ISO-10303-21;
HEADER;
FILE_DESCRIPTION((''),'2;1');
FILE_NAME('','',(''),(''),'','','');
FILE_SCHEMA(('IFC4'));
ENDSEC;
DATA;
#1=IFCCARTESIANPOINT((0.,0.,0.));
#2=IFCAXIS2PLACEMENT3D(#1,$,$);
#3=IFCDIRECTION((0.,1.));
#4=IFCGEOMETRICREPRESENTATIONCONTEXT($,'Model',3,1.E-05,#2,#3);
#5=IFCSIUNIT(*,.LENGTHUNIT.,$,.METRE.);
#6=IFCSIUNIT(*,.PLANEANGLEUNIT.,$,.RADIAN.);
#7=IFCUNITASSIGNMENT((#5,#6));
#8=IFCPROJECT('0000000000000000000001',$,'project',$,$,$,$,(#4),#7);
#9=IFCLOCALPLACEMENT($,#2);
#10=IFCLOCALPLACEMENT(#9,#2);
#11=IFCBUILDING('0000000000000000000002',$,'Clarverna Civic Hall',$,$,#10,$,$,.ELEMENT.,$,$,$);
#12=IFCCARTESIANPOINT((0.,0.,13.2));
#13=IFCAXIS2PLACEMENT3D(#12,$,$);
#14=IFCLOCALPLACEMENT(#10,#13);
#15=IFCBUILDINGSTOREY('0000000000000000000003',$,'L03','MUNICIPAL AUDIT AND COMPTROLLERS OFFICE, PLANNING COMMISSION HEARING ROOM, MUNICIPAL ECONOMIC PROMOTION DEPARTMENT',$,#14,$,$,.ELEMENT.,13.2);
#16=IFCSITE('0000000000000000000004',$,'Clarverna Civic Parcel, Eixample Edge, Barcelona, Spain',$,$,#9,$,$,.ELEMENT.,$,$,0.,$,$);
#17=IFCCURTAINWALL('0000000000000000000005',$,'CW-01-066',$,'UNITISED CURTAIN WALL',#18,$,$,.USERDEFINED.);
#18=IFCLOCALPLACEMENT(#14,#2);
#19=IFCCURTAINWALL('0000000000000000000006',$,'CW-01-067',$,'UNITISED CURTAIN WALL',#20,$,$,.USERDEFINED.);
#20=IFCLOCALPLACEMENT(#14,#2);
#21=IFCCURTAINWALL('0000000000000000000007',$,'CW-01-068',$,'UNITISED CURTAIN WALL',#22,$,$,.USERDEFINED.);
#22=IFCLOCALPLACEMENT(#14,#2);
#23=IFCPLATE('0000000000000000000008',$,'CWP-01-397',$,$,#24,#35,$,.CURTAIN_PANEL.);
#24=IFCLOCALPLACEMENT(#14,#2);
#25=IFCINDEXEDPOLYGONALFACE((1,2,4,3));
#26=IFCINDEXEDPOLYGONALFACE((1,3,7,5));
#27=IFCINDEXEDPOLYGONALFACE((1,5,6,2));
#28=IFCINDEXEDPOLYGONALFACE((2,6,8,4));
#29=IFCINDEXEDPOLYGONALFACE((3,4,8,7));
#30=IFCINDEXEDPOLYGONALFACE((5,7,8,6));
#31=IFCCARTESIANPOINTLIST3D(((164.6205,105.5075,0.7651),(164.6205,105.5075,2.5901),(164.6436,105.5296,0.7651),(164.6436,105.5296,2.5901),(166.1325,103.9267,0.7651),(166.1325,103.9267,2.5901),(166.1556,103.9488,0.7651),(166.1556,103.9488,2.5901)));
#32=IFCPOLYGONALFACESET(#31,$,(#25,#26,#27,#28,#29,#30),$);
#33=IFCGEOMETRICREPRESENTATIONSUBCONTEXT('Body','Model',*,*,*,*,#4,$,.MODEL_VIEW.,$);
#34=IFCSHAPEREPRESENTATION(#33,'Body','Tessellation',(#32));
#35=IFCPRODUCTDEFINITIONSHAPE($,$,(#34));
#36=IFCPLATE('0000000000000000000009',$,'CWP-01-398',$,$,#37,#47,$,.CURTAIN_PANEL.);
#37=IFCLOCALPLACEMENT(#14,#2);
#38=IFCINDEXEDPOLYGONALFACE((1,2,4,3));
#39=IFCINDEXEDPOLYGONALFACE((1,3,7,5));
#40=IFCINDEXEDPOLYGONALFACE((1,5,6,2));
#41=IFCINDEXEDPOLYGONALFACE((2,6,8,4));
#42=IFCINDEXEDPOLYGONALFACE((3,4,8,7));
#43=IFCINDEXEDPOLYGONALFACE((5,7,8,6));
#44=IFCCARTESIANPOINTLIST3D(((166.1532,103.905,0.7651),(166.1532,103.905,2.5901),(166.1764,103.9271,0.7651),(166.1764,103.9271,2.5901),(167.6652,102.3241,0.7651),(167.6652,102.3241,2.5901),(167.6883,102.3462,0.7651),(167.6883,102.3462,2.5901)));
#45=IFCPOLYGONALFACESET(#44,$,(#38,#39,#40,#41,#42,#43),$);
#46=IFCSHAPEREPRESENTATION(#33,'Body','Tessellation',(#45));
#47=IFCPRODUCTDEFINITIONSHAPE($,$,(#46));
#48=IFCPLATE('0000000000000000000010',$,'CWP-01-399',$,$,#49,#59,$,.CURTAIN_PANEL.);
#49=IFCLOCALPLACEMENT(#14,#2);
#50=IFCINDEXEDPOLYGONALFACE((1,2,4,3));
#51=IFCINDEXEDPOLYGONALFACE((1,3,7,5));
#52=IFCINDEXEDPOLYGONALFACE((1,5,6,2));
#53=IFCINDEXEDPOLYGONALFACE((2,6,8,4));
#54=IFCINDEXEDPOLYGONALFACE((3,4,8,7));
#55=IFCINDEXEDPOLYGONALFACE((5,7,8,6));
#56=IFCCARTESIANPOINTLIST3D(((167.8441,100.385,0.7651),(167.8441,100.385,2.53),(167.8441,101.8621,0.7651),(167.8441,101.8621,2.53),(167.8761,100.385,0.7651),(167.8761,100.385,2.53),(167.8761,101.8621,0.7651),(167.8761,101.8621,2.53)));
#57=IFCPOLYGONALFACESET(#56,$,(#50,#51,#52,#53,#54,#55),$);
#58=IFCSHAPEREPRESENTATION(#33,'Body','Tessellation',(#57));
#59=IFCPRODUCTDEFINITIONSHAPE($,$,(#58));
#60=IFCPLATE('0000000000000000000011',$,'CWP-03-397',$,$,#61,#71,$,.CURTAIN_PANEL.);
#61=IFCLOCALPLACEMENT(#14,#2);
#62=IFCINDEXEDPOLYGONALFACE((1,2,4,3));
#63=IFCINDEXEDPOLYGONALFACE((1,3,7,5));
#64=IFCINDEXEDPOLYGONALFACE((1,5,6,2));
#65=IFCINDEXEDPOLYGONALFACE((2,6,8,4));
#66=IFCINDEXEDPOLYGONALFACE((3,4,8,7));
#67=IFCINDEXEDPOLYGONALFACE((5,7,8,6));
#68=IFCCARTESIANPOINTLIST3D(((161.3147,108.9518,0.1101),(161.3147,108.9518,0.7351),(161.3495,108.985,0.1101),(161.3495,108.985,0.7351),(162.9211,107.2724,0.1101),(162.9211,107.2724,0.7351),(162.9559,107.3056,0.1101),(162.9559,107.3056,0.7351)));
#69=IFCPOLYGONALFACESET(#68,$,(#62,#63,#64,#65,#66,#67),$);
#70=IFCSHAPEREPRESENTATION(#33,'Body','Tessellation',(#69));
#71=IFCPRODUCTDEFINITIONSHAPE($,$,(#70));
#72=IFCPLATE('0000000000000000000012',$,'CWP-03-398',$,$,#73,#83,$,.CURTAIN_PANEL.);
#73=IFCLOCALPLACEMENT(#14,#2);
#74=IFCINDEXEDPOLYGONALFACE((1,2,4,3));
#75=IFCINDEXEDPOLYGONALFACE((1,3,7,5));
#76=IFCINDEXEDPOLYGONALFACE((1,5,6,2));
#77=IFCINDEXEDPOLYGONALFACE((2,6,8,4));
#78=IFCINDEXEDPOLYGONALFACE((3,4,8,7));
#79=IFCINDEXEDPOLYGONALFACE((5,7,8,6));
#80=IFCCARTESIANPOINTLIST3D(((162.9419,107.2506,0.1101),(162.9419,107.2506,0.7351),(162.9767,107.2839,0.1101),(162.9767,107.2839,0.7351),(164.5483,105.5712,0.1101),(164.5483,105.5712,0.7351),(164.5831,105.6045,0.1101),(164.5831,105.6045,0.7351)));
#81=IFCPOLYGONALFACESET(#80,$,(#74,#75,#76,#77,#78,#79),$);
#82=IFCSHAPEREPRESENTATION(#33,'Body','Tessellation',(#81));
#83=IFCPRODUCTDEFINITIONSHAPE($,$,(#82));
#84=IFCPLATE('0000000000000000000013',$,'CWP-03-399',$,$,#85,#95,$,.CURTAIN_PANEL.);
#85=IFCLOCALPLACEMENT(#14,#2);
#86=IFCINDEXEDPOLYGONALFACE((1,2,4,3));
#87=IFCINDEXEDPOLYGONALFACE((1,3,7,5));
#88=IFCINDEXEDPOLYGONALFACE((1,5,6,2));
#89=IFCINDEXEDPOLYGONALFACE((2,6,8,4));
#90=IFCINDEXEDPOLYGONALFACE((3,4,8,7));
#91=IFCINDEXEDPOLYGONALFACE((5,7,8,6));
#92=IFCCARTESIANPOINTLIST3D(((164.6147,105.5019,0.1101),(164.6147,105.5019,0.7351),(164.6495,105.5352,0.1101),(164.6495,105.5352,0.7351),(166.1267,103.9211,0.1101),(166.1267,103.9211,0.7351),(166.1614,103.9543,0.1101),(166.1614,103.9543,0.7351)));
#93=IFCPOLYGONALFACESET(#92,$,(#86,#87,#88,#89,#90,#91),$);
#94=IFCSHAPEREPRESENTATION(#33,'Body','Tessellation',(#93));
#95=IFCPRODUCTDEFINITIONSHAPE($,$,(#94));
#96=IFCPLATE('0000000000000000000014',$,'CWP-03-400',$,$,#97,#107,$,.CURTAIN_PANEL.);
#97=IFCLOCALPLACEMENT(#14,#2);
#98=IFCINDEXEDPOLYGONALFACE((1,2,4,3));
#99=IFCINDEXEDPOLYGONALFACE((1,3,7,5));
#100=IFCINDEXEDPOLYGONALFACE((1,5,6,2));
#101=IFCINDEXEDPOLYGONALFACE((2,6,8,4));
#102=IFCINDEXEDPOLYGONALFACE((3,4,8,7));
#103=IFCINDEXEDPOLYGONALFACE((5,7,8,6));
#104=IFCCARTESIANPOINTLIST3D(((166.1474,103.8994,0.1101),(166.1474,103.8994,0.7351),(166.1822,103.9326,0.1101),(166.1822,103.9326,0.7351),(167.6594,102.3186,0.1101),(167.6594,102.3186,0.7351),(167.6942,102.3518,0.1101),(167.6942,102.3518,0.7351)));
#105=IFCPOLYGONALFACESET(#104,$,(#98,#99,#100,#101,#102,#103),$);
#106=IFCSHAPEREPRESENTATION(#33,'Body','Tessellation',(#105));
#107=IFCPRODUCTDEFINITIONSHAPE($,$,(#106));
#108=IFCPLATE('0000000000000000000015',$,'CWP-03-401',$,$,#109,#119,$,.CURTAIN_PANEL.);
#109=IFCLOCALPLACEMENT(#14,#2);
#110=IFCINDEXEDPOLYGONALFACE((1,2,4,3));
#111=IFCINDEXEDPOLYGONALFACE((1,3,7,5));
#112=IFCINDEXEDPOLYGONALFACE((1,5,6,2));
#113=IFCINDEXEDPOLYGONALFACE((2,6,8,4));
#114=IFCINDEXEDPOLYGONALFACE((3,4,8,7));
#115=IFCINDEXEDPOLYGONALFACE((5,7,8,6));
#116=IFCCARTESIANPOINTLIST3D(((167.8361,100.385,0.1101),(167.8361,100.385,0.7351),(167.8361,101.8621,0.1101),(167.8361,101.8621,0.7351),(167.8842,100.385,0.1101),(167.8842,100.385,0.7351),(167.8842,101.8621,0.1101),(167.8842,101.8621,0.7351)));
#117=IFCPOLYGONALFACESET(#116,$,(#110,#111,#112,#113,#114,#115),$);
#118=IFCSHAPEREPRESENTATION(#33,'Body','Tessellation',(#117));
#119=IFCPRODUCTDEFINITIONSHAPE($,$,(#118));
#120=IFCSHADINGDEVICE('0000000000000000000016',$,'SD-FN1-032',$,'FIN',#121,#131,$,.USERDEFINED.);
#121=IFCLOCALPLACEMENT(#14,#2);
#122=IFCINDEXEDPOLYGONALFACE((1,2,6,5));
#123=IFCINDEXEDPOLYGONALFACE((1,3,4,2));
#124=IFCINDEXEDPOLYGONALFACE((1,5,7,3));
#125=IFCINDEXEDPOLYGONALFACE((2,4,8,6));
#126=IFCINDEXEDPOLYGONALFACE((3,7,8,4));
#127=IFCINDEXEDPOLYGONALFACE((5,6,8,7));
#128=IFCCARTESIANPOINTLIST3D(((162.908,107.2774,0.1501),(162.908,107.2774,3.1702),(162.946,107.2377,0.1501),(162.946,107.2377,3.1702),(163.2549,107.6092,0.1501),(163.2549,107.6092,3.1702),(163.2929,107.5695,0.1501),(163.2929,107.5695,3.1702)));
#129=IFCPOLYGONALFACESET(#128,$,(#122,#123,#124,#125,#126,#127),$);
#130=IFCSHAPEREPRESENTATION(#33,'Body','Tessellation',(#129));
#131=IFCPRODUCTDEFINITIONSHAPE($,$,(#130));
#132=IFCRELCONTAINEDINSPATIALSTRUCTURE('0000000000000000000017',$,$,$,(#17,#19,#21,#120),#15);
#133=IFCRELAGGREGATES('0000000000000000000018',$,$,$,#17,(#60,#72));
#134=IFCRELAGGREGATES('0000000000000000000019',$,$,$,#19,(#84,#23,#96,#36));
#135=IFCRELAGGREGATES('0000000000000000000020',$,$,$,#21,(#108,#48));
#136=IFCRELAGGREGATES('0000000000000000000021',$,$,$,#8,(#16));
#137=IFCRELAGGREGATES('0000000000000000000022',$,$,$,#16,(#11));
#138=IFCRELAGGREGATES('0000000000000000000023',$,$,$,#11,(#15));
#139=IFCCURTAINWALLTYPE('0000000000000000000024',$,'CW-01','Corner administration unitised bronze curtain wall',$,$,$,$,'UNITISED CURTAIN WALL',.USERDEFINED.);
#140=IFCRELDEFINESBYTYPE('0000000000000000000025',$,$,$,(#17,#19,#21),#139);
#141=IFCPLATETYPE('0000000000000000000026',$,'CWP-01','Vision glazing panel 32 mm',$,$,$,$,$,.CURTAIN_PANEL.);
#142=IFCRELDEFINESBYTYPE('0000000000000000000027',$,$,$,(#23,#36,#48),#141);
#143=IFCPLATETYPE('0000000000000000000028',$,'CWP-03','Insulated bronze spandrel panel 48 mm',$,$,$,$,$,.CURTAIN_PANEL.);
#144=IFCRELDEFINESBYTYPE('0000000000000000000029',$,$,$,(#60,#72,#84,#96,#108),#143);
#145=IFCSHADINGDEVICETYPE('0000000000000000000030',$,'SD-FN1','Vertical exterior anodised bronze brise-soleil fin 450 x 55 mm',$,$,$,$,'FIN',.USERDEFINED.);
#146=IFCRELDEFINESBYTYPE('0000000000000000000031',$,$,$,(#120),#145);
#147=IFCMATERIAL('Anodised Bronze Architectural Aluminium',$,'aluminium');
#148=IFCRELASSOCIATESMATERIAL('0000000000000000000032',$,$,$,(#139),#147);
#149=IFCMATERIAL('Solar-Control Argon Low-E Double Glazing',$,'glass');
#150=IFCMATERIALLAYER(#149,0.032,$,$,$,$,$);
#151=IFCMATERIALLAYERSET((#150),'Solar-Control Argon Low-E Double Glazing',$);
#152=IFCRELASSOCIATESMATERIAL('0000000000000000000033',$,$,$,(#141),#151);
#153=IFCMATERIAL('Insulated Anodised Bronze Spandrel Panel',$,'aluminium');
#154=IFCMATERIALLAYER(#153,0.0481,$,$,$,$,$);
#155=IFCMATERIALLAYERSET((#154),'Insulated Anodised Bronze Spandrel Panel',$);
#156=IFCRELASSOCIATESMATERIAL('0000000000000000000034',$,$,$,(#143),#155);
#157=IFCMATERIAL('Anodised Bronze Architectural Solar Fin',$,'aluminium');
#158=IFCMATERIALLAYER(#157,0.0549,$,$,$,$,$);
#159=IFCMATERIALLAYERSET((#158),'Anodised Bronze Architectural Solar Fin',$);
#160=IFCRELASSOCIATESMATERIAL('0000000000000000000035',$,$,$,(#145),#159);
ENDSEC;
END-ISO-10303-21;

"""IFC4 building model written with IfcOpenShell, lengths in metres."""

from ifc_helpers import new_model, si_unit, direction, frame, frame_2d, origin, place, context, subcontext, project, spatial, rectangle, extrude, material, layer, layer_set, type_object, element, aggregate, save


model = new_model("IFC4")

# Units and contexts
model_context = context("Model", 3, precision=1e-05, world=origin(), true_north=direction((0.0, 1.0)))
body_context = subcontext(model_context, "Body", "Model", "MODEL_VIEW")
ifc_project = project(units=[si_unit("LENGTHUNIT", "METRE"), si_unit("PLANEANGLEUNIT", "RADIAN")], contexts=[model_context])

# Site, building, storey
site_placement = place(None, origin())
site = spatial("IfcSite", under=ifc_project, at=site_placement, Name="Clarverna Civic Parcel, Eixample Edge, Barcelona, Spain", CompositionType="ELEMENT", RefElevation=0.0)
building_placement = place(site_placement, origin())
building = spatial("IfcBuilding", under=site, at=building_placement, Name="Clarverna Civic Hall", CompositionType="ELEMENT")
storey_placement = place(building_placement, frame((0.0, 0.0, 13.2)))
storey = spatial("IfcBuildingStorey", under=building, at=storey_placement, Name="L03", Description="MUNICIPAL AUDIT AND COMPTROLLERS OFFICE, PLANNING COMMISSION HEARING ROOM, MUNICIPAL ECONOMIC PROMOTION DEPARTMENT", CompositionType="ELEMENT", Elevation=13.2)

# Shared definitions
ifc_material_1 = material(Name="Anodised Bronze Architectural Aluminium", Category="aluminium")
curtain_wall_type = type_object("IfcCurtainWallType", Name="CW-01", Description="Corner administration unitised bronze curtain wall", ElementType="UNITISED CURTAIN WALL", PredefinedType="USERDEFINED", material=ifc_material_1)

# Curtain walls
curtain_wall_1_placement = place(storey_placement, origin())
curtain_wall_1 = element("IfcCurtainWall", 1, at=curtain_wall_1_placement, inside=storey, type_object=curtain_wall_type, Name="CW-01-066", ObjectType="UNITISED CURTAIN WALL", PredefinedType="USERDEFINED")
curtain_wall_2_placement = place(storey_placement, origin())
curtain_wall_2 = element("IfcCurtainWall", 2, at=curtain_wall_2_placement, inside=storey, type_object=curtain_wall_type, Name="CW-01-067", ObjectType="UNITISED CURTAIN WALL", PredefinedType="USERDEFINED")

# Curtain wall
curtain_wall_3_placement = place(storey_placement, origin())
curtain_wall_3 = element("IfcCurtainWall", 3, at=curtain_wall_3_placement, inside=storey, type_object=curtain_wall_type, Name="CW-01-068", ObjectType="UNITISED CURTAIN WALL", PredefinedType="USERDEFINED")

# Plates
ifc_material_2 = material(Name="Solar-Control Argon Low-E Double Glazing", Category="glass")
ifc_layer_1 = layer(ifc_material_2, 0.032)
ifc_layer_set_1 = layer_set([ifc_layer_1], Name="Solar-Control Argon Low-E Double Glazing")
plate_type_1 = type_object("IfcPlateType", Name="CWP-01", Description="Vision glazing panel 32 mm", PredefinedType="CURTAIN_PANEL", material=ifc_layer_set_1)
plate_1_placement = place(storey_placement, frame((164.6321, 105.5186, 0.7651), z_axis=(0.0, 0.0, 1.0), x_axis=(0.691195, -0.722669, 0.0)))
plate_1 = element("IfcPlate", 4, at=plate_1_placement, type_object=plate_type_1, Name="CWP-01-397", PredefinedType="CURTAIN_PANEL", context=body_context, shape_type="SweptSolid", body=[
    extrude(rectangle(XDim=2.1875, YDim=0.032, at=frame_2d((1.0938, 0.0))), origin(), (0.0, 0.0, 1.0), 1.825),
])
plate_2_placement = place(storey_placement, frame((166.1648, 103.916, 0.7651), z_axis=(0.0, 0.0, 1.0), x_axis=(0.691195, -0.722669, 0.0)))
plate_2 = element("IfcPlate", 5, at=plate_2_placement, type_object=plate_type_1, Name="CWP-01-398", PredefinedType="CURTAIN_PANEL", context=body_context, shape_type="SweptSolid", body=[
    extrude(rectangle(XDim=2.1875, YDim=0.032, at=frame_2d((1.0938, 0.0))), origin(), (0.0, 0.0, 1.0), 1.825),
])
plate_3_placement = place(storey_placement, frame((167.8601, 101.8621, 0.7651), z_axis=(0.0, 0.0, 1.0), x_axis=(0.0, -1.0, 0.0)))
plate_3 = element("IfcPlate", 6, at=plate_3_placement, type_object=plate_type_1, Name="CWP-01-399", PredefinedType="CURTAIN_PANEL", context=body_context, shape_type="SweptSolid", body=[
    extrude(rectangle(XDim=1.4771, YDim=0.032, at=frame_2d((0.7385, 0.0))), origin(), (0.0, 0.0, 1.0), 1.7649),
])
ifc_material_3 = material(Name="Insulated Anodised Bronze Spandrel Panel", Category="aluminium")
ifc_layer_2 = layer(ifc_material_3, 0.0481)
ifc_layer_set_2 = layer_set([ifc_layer_2], Name="Insulated Anodised Bronze Spandrel Panel")
plate_type_2 = type_object("IfcPlateType", Name="CWP-03", Description="Insulated bronze spandrel panel 48 mm", PredefinedType="CURTAIN_PANEL", material=ifc_layer_set_2)
plate_4_placement = place(storey_placement, frame((161.332, 108.9685, 0.1101), z_axis=(0.0, 0.0, 1.0), x_axis=(0.691227, -0.722637, 0.0)))
plate_4 = element("IfcPlate", 7, at=plate_4_placement, type_object=plate_type_2, Name="CWP-03-397", PredefinedType="CURTAIN_PANEL", context=body_context, shape_type="SweptSolid", body=[
    extrude(rectangle(XDim=2.324, YDim=0.0481, at=frame_2d((1.1621, 0.0))), origin(), (0.0, 0.0, 1.0), 0.625),
])
plate_5_placement = place(storey_placement, frame((162.9592, 107.2673, 0.1101), z_axis=(0.0, 0.0, 1.0), x_axis=(0.691227, -0.722637, 0.0)))
plate_5 = element("IfcPlate", 8, at=plate_5_placement, type_object=plate_type_2, Name="CWP-03-398", PredefinedType="CURTAIN_PANEL", context=body_context, shape_type="SweptSolid", body=[
    extrude(rectangle(XDim=2.324, YDim=0.0481, at=frame_2d((1.1621, 0.0))), origin(), (0.0, 0.0, 1.0), 0.625),
])
aggregate(curtain_wall_1, [plate_4, plate_5])
plate_6_placement = place(storey_placement, frame((164.6321, 105.5186, 0.1101), z_axis=(0.0, 0.0, 1.0), x_axis=(0.691195, -0.722669, 0.0)))
plate_6 = element("IfcPlate", 9, at=plate_6_placement, type_object=plate_type_2, Name="CWP-03-399", PredefinedType="CURTAIN_PANEL", context=body_context, shape_type="SweptSolid", body=[
    extrude(rectangle(XDim=2.1875, YDim=0.0481, at=frame_2d((1.0938, 0.0))), origin(), (0.0, 0.0, 1.0), 0.625),
])
plate_7_placement = place(storey_placement, frame((166.1648, 103.916, 0.1101), z_axis=(0.0, 0.0, 1.0), x_axis=(0.691195, -0.722669, 0.0)))
plate_7 = element("IfcPlate", 10, at=plate_7_placement, type_object=plate_type_2, Name="CWP-03-400", PredefinedType="CURTAIN_PANEL", context=body_context, shape_type="SweptSolid", body=[
    extrude(rectangle(XDim=2.1875, YDim=0.0481, at=frame_2d((1.0938, 0.0))), origin(), (0.0, 0.0, 1.0), 0.625),
])
aggregate(curtain_wall_2, [plate_6, plate_1, plate_7, plate_2])
plate_8_placement = place(storey_placement, frame((167.8601, 101.8621, 0.1101), z_axis=(0.0, 0.0, 1.0), x_axis=(0.0, -1.0, 0.0)))
plate_8 = element("IfcPlate", 11, at=plate_8_placement, type_object=plate_type_2, Name="CWP-03-401", PredefinedType="CURTAIN_PANEL", context=body_context, shape_type="SweptSolid", body=[
    extrude(rectangle(XDim=1.4771, YDim=0.0481, at=frame_2d((0.7385, 0.0))), origin(), (0.0, 0.0, 1.0), 0.625),
])
aggregate(curtain_wall_3, [plate_8, plate_3])

# Shading device
ifc_material_4 = material(Name="Anodised Bronze Architectural Solar Fin", Category="aluminium")
ifc_layer_3 = layer(ifc_material_4, 0.0549)
ifc_layer_set_3 = layer_set([ifc_layer_3], Name="Anodised Bronze Architectural Solar Fin")
shading_device_type = type_object("IfcShadingDeviceType", Name="SD-FN1", Description="Vertical exterior anodised bronze brise-soleil fin 450 x 55 mm", ElementType="FIN", PredefinedType="USERDEFINED", material=ifc_layer_set_3)
shading_device_placement = place(storey_placement, frame((162.927, 107.2576, 0.1501), z_axis=(0.0, 0.0, 1.0), x_axis=(0.722697, 0.691165, 0.0)))
element("IfcShadingDevice", 12, at=shading_device_placement, inside=storey, type_object=shading_device_type, Name="SD-FN1-032", ObjectType="FIN", PredefinedType="USERDEFINED", context=body_context, shape_type="SweptSolid", body=[
    extrude(rectangle(XDim=0.48, YDim=0.0549, at=frame_2d((0.24, 0.0))), origin(), (0.0, 0.0, 1.0), 3.02),
])

save(model, "model.ifc")
